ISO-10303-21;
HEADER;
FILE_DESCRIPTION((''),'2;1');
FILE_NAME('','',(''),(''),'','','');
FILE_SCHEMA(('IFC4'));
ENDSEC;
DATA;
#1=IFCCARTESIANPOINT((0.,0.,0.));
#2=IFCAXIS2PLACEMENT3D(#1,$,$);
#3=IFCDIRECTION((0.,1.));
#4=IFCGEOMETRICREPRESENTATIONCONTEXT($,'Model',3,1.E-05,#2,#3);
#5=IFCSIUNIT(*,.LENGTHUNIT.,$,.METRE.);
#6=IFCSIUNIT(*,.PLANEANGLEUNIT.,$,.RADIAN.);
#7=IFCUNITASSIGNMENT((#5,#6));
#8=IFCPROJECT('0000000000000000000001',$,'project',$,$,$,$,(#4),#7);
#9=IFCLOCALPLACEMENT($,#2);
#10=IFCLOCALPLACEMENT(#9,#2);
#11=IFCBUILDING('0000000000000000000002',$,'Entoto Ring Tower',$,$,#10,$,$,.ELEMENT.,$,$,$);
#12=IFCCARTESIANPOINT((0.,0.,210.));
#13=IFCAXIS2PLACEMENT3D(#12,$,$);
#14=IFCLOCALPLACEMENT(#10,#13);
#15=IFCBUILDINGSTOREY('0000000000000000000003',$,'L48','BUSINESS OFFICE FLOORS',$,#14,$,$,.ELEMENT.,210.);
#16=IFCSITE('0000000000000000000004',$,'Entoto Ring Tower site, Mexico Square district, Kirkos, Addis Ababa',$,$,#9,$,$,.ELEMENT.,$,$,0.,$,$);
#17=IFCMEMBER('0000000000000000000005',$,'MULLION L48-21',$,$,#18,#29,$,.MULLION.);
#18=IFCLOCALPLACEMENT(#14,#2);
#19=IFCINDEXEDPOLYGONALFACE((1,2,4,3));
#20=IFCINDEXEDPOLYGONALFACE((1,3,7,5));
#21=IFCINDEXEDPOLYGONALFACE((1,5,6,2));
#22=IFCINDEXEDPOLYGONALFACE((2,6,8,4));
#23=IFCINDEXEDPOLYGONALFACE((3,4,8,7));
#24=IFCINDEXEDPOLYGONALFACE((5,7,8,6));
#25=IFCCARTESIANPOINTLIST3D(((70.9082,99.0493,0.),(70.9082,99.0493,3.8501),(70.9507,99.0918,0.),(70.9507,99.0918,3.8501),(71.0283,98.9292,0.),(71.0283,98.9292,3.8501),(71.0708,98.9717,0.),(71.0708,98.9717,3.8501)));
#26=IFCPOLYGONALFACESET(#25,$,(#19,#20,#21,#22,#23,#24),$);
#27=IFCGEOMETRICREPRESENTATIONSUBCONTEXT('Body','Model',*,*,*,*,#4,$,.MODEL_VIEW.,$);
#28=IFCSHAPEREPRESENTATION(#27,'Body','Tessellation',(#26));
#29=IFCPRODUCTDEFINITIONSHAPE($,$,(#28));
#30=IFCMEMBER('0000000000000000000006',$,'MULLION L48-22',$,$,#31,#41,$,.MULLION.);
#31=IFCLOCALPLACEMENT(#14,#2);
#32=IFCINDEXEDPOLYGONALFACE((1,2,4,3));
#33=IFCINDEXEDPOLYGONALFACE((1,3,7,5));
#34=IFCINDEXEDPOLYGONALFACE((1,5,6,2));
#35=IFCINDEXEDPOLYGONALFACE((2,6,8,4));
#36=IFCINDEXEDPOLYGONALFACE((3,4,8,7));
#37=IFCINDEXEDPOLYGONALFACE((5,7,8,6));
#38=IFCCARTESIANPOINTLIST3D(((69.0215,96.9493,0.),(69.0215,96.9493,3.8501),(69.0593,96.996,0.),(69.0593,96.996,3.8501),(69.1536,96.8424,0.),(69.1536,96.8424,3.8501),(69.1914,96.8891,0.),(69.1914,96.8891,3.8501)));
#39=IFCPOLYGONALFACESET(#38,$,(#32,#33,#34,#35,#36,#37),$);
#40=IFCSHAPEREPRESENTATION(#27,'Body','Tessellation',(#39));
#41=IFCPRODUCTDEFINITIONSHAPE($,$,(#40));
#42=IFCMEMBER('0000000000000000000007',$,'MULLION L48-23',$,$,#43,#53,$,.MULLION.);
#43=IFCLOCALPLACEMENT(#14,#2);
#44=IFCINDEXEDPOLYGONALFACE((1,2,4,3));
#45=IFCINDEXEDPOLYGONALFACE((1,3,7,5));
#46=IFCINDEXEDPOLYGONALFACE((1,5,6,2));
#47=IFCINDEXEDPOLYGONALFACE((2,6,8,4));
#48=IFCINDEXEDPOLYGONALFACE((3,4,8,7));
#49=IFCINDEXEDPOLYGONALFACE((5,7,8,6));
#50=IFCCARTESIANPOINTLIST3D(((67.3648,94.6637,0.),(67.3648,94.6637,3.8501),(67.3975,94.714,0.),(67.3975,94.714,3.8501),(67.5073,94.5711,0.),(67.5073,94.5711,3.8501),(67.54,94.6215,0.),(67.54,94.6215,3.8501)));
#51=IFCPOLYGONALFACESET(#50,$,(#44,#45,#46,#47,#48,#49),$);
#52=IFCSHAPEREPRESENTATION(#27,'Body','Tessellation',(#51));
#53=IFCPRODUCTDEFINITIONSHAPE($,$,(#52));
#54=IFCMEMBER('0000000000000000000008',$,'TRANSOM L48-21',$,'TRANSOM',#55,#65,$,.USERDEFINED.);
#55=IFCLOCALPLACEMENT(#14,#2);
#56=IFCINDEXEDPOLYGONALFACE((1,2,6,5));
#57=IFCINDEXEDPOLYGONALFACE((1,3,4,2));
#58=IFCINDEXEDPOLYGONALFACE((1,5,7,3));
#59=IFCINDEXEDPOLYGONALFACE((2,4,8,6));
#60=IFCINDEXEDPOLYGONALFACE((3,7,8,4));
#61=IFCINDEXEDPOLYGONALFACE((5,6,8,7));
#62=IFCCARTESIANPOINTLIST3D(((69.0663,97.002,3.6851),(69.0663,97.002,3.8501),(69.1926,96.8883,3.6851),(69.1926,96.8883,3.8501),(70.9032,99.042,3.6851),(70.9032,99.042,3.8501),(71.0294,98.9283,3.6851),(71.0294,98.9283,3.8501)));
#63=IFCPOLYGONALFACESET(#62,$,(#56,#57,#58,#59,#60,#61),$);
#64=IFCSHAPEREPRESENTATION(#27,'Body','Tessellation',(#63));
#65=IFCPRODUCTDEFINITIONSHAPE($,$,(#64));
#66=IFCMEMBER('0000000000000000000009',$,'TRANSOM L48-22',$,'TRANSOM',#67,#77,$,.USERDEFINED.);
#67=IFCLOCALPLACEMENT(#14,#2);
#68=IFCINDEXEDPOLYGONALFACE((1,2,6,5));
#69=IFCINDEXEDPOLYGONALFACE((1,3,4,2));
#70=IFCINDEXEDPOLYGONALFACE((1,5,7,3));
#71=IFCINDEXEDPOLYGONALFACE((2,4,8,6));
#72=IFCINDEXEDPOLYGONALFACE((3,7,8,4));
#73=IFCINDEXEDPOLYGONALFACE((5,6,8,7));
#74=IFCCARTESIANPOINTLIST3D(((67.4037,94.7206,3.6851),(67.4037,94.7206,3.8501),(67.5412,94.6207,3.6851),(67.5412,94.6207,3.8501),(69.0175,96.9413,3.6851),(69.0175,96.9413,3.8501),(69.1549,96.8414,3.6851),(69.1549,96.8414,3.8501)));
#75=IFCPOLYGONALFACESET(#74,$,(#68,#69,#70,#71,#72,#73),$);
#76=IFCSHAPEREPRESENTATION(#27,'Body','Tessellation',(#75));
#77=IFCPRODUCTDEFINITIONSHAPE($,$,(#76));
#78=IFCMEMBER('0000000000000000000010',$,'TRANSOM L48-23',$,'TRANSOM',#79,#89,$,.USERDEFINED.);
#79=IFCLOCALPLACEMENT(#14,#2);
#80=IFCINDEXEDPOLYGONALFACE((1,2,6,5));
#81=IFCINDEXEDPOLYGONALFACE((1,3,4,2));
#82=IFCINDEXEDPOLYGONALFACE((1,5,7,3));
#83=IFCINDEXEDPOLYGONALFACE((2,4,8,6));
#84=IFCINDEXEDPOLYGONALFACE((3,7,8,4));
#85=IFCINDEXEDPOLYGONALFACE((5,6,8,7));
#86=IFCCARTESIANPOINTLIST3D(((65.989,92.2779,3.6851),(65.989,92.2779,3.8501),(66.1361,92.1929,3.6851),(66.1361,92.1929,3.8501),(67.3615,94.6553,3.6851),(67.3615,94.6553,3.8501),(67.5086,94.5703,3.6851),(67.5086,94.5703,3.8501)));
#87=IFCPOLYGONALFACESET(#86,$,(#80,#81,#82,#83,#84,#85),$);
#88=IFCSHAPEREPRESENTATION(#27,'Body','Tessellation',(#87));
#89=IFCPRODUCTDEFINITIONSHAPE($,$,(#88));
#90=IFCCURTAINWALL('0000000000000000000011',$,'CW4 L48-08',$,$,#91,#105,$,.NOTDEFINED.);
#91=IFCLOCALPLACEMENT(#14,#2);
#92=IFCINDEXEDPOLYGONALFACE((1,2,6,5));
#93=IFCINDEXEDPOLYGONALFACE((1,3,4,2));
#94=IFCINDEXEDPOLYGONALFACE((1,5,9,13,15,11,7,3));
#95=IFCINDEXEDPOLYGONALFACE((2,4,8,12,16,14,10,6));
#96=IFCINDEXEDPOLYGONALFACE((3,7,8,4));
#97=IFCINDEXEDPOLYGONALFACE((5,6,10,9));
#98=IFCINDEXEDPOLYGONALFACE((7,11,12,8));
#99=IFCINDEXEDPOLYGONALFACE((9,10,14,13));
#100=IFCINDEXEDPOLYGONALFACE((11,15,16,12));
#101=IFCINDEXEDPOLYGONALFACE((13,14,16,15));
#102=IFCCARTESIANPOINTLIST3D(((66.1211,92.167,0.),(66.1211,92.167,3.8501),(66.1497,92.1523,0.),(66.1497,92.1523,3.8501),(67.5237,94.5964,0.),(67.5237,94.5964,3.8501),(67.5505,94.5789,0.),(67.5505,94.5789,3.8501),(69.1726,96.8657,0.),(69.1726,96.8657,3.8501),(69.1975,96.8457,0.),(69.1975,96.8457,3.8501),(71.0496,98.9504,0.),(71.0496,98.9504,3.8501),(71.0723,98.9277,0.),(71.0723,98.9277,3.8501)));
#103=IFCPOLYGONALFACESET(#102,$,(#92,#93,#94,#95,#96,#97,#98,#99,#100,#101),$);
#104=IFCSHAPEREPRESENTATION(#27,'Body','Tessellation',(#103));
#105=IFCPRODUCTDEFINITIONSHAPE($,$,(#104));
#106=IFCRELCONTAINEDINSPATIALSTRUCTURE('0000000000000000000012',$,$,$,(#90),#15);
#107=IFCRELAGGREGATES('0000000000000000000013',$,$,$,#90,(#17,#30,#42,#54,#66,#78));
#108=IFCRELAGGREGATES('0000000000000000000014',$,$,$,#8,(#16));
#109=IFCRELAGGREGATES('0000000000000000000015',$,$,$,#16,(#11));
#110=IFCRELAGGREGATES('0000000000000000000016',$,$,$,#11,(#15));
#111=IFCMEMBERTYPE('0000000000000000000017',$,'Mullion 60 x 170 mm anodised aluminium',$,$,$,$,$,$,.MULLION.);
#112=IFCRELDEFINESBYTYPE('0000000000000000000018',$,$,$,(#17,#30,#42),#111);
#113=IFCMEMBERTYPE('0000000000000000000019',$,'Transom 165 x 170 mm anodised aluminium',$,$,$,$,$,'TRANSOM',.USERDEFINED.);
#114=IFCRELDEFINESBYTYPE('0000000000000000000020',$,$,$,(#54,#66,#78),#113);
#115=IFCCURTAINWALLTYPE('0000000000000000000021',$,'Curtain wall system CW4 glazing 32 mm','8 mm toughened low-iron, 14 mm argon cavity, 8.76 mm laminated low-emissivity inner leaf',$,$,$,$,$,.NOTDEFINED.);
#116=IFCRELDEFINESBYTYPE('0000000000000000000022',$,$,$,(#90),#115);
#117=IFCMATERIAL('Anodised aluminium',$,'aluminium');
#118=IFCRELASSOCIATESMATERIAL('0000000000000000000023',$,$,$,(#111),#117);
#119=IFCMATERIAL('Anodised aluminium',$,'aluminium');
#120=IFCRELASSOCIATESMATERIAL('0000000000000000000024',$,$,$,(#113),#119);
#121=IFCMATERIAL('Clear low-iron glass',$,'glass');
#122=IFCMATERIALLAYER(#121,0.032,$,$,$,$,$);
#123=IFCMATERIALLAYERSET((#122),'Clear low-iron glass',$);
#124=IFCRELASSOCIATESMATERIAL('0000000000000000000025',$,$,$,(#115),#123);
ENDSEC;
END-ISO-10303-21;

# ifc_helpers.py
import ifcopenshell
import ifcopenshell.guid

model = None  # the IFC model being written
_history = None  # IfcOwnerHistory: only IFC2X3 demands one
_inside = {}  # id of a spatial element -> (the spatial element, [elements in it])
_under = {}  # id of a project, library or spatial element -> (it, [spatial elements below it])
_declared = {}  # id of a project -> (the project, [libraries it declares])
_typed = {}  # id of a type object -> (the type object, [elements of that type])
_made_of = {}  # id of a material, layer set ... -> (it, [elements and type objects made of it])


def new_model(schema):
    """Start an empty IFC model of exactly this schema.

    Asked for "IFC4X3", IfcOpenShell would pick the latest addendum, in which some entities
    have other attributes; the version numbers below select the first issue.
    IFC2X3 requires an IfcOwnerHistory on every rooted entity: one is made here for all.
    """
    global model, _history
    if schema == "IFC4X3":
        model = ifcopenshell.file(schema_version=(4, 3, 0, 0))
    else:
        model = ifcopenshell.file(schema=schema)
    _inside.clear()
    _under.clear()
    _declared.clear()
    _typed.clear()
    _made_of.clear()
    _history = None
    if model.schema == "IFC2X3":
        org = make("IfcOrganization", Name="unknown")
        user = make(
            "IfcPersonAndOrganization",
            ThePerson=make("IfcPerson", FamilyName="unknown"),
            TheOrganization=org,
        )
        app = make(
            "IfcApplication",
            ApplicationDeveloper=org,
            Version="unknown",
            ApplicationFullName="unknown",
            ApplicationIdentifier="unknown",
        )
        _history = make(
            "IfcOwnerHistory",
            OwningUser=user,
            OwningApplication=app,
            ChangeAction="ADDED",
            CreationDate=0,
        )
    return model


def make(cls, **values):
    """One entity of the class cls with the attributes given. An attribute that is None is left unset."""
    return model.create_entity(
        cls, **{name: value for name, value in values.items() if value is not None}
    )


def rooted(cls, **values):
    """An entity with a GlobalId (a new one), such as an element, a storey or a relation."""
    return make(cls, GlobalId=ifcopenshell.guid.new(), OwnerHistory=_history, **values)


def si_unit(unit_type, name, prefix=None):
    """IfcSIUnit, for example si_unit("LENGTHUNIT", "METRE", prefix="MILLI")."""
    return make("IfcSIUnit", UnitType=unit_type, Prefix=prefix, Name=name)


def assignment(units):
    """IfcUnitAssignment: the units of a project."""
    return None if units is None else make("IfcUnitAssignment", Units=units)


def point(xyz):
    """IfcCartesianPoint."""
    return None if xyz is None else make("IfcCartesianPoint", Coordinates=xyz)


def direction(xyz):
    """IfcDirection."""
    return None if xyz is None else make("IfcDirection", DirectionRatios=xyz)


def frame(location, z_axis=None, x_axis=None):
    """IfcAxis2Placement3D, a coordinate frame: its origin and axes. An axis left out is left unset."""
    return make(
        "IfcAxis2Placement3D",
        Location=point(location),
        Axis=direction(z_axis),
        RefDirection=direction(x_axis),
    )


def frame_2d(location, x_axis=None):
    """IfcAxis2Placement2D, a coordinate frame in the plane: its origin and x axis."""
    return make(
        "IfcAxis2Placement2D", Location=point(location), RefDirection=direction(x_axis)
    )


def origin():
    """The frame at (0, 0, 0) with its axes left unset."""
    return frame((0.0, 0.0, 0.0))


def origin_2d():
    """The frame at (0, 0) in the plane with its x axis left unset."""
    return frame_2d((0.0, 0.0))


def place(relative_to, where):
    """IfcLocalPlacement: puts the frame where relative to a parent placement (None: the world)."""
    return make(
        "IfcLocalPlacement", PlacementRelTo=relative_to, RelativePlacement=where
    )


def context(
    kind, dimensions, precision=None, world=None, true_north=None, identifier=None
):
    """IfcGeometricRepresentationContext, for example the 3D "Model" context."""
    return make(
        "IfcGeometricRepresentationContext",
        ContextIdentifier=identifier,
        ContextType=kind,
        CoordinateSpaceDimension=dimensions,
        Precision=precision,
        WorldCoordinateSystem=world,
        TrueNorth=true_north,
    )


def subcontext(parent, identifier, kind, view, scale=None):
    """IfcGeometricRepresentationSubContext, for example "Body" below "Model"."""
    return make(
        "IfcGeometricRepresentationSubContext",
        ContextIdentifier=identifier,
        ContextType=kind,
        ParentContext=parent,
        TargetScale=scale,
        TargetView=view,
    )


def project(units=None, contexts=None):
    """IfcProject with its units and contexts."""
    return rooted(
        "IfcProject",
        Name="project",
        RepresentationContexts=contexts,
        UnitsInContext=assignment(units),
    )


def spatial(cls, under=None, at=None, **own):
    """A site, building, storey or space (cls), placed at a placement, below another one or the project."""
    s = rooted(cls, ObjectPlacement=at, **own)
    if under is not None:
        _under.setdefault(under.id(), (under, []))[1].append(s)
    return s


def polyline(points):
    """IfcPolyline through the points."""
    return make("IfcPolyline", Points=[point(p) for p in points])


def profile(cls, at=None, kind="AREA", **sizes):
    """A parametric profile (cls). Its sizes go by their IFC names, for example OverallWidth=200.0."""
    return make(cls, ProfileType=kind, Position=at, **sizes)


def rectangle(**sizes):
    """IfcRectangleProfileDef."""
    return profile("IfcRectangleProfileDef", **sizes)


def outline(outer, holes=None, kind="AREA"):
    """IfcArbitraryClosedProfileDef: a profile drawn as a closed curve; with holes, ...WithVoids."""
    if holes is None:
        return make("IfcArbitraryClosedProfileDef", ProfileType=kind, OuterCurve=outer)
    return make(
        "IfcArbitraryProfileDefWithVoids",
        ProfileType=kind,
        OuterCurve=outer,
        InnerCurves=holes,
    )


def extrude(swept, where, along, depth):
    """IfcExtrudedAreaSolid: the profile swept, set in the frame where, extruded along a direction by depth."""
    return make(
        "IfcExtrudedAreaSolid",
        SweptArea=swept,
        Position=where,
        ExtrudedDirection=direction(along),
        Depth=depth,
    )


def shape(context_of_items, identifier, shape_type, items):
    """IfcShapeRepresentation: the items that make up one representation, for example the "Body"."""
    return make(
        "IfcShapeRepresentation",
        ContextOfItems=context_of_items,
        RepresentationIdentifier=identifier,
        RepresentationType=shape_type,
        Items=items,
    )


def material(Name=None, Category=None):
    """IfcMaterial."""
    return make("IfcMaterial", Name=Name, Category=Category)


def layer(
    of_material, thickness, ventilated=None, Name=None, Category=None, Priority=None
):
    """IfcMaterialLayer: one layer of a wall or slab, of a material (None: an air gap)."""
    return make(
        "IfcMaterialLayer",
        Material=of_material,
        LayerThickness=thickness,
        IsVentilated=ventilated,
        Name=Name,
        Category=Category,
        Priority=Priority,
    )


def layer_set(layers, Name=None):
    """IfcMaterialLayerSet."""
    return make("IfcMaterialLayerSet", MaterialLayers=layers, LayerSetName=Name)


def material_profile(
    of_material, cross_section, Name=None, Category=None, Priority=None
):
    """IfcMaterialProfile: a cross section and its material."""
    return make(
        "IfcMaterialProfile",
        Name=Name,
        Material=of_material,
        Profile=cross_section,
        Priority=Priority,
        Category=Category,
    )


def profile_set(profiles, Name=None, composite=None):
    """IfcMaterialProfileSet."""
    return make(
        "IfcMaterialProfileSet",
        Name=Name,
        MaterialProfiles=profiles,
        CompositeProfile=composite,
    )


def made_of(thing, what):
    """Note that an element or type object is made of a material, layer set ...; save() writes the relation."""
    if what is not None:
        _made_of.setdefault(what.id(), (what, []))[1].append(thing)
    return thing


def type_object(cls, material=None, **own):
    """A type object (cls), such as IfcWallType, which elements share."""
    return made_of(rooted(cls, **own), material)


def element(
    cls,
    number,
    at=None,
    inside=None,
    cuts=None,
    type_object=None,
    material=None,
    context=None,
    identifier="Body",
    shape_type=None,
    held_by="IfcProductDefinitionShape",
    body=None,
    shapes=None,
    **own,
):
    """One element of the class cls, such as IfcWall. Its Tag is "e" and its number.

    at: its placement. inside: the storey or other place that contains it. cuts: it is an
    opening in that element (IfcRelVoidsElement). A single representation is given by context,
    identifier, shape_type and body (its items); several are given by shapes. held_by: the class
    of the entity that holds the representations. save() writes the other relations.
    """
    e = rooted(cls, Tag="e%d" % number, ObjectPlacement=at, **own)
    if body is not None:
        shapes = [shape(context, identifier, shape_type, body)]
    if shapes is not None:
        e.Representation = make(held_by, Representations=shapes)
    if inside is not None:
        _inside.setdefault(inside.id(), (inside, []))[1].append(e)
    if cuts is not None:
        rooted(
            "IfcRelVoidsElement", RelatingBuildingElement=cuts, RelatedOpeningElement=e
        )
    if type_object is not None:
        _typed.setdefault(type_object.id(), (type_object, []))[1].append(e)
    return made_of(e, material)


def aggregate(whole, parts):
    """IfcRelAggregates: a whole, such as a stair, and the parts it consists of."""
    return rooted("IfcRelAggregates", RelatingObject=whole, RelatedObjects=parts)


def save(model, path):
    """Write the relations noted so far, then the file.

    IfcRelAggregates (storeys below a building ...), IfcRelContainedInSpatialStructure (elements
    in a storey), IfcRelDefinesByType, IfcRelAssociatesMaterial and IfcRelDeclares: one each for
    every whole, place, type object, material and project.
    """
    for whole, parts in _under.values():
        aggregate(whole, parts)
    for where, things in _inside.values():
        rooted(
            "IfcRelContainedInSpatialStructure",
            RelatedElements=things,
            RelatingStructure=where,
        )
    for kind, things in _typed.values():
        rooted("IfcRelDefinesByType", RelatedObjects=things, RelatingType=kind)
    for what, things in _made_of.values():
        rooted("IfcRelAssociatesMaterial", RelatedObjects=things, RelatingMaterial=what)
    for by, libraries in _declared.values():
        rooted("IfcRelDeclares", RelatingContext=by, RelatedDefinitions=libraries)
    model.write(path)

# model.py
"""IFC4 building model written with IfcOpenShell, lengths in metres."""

from ifc_helpers import new_model, si_unit, direction, frame, origin, origin_2d, place, context, subcontext, project, spatial, polyline, rectangle, outline, extrude, material, layer, layer_set, material_profile, profile_set, type_object, element, aggregate, save


model = new_model("IFC4")

# Units and contexts
model_context = context("Model", 3, precision=1e-05, world=origin(), true_north=direction((0.0, 1.0)))
body_context = subcontext(model_context, "Body", "Model", "MODEL_VIEW")
ifc_project = project(units=[si_unit("LENGTHUNIT", "METRE"), si_unit("PLANEANGLEUNIT", "RADIAN")], contexts=[model_context])

# Members
ifc_material_1 = material(Name="Anodised aluminium", Category="aluminium")
ifc_material_profile_1 = material_profile(ifc_material_1, rectangle(XDim=0.0601, YDim=0.1699, at=origin_2d()), Name="Mullion 60 x 170 mm anodised aluminium")
ifc_profile_set_1 = profile_set([ifc_material_profile_1], Name="Anodised aluminium")
member_type_1 = type_object("IfcMemberType", Name="Mullion 60 x 170 mm anodised aluminium", PredefinedType="MULLION", material=ifc_profile_set_1)
site_placement = place(None, origin())
building_placement = place(site_placement, origin())
storey_placement = place(building_placement, frame((0.0, 0.0, 210.0)))
member_1_placement = place(storey_placement, frame((70.9895, 99.0105, 0.0), z_axis=(0.0, 0.0, 1.0), x_axis=(-0.707107, -0.707107, 0.0)))
member_1 = element("IfcMember", 1, at=member_1_placement, type_object=member_type_1, Name="MULLION L48-21", PredefinedType="MULLION", context=body_context, shape_type="SweptSolid", body=[
    extrude(rectangle(XDim=0.0601, YDim=0.1699, at=origin_2d()), origin(), (0.0, 0.0, 1.0), 3.8501),
])
member_2_placement = place(storey_placement, frame((69.1064, 96.9192, 0.0), z_axis=(0.0, 0.0, 1.0), x_axis=(-0.62932, -0.777146, 0.0)))
member_2 = element("IfcMember", 2, at=member_2_placement, type_object=member_type_1, Name="MULLION L48-22", PredefinedType="MULLION", context=body_context, shape_type="SweptSolid", body=[
    extrude(rectangle(XDim=0.0601, YDim=0.1699, at=origin_2d()), origin(), (0.0, 0.0, 1.0), 3.8501),
])
member_3_placement = place(storey_placement, frame((67.4524, 94.6426, 0.0), z_axis=(0.0, 0.0, 1.0), x_axis=(-0.544639, -0.838671, 0.0)))
member_3 = element("IfcMember", 3, at=member_3_placement, type_object=member_type_1, Name="MULLION L48-23", PredefinedType="MULLION", context=body_context, shape_type="SweptSolid", body=[
    extrude(rectangle(XDim=0.0601, YDim=0.1699, at=origin_2d()), origin(), (0.0, 0.0, 1.0), 3.8501),
])
ifc_material_2 = material(Name="Anodised aluminium", Category="aluminium")
ifc_material_profile_2 = material_profile(ifc_material_2, rectangle(XDim=0.1699, YDim=0.165, at=origin_2d()), Name="Transom 165 x 170 mm anodised aluminium")
ifc_profile_set_2 = profile_set([ifc_material_profile_2], Name="Anodised aluminium")
member_type_2 = type_object("IfcMemberType", Name="Transom 165 x 170 mm anodised aluminium", ElementType="TRANSOM", PredefinedType="USERDEFINED", material=ifc_profile_set_2)
member_4_placement = place(storey_placement, frame((70.9663, 98.9851, 3.7676), z_axis=(-0.669142, -0.743135, 0.0), x_axis=(0.743135, -0.669142, 0.0)))
member_4 = element("IfcMember", 4, at=member_4_placement, type_object=member_type_2, Name="TRANSOM L48-21", ObjectType="TRANSOM", PredefinedType="USERDEFINED", context=body_context, shape_type="SweptSolid", body=[
    extrude(rectangle(XDim=0.1699, YDim=0.165, at=origin_2d()), origin(), (0.0, 0.0, 1.0), 2.7451),
])
member_5_placement = place(storey_placement, frame((69.0862, 96.8914, 3.7676), z_axis=(-0.587865, -0.808959, 0.0), x_axis=(0.808959, -0.587865, 0.0)))
member_5 = element("IfcMember", 5, at=member_5_placement, type_object=member_type_2, Name="TRANSOM L48-22", ObjectType="TRANSOM", PredefinedType="USERDEFINED", context=body_context, shape_type="SweptSolid", body=[
    extrude(rectangle(XDim=0.1699, YDim=0.165, at=origin_2d()), origin(), (0.0, 0.0, 1.0), 2.7451),
])
member_6_placement = place(storey_placement, frame((67.4351, 94.6128, 3.7676), z_axis=(-0.499984, -0.866035, 0.0), x_axis=(0.866035, -0.499984, 0.0)))
member_6 = element("IfcMember", 6, at=member_6_placement, type_object=member_type_2, Name="TRANSOM L48-23", ObjectType="TRANSOM", PredefinedType="USERDEFINED", context=body_context, shape_type="SweptSolid", body=[
    extrude(rectangle(XDim=0.1699, YDim=0.165, at=origin_2d()), origin(), (0.0, 0.0, 1.0), 2.7451),
])

# Site, building, storey
site = spatial("IfcSite", under=ifc_project, at=site_placement, Name="Entoto Ring Tower site, Mexico Square district, Kirkos, Addis Ababa", CompositionType="ELEMENT", RefElevation=0.0)
building = spatial("IfcBuilding", under=site, at=building_placement, Name="Entoto Ring Tower", CompositionType="ELEMENT")
storey = spatial("IfcBuildingStorey", under=building, at=storey_placement, Name="L48", Description="BUSINESS OFFICE FLOORS", CompositionType="ELEMENT", Elevation=210.0)

# Curtain wall
ifc_material_3 = material(Name="Clear low-iron glass", Category="glass")
ifc_layer = layer(ifc_material_3, 0.032)
ifc_layer_set = layer_set([ifc_layer], Name="Clear low-iron glass")
curtain_wall_type = type_object("IfcCurtainWallType", Name="Curtain wall system CW4 glazing 32 mm", Description="8 mm toughened low-iron, 14 mm argon cavity, 8.76 mm laminated low-emissivity inner leaf", PredefinedType="NOTDEFINED", material=ifc_layer_set)
curtain_wall_1_placement = place(storey_placement, origin())
curtain_wall_1 = element("IfcCurtainWall", 7, at=curtain_wall_1_placement, inside=storey, type_object=curtain_wall_type, Name="CW4 L48-08", PredefinedType="NOTDEFINED", context=body_context, shape_type="SweptSolid", body=[
    extrude(outline(polyline([(71.0496, 98.9504), (69.1726, 96.8657), (67.5237, 94.5964), (66.1211, 92.167), (66.1497, 92.1523), (67.5505, 94.5789), (69.1975, 96.8457), (71.0723, 98.9277), (71.0496, 98.9504)])), origin(), (0.0, 0.0, 1.0), 3.8501),
])
aggregate(curtain_wall_1, [member_1, member_2, member_3, member_4, member_5, member_6])

save(model, "model.ifc")
